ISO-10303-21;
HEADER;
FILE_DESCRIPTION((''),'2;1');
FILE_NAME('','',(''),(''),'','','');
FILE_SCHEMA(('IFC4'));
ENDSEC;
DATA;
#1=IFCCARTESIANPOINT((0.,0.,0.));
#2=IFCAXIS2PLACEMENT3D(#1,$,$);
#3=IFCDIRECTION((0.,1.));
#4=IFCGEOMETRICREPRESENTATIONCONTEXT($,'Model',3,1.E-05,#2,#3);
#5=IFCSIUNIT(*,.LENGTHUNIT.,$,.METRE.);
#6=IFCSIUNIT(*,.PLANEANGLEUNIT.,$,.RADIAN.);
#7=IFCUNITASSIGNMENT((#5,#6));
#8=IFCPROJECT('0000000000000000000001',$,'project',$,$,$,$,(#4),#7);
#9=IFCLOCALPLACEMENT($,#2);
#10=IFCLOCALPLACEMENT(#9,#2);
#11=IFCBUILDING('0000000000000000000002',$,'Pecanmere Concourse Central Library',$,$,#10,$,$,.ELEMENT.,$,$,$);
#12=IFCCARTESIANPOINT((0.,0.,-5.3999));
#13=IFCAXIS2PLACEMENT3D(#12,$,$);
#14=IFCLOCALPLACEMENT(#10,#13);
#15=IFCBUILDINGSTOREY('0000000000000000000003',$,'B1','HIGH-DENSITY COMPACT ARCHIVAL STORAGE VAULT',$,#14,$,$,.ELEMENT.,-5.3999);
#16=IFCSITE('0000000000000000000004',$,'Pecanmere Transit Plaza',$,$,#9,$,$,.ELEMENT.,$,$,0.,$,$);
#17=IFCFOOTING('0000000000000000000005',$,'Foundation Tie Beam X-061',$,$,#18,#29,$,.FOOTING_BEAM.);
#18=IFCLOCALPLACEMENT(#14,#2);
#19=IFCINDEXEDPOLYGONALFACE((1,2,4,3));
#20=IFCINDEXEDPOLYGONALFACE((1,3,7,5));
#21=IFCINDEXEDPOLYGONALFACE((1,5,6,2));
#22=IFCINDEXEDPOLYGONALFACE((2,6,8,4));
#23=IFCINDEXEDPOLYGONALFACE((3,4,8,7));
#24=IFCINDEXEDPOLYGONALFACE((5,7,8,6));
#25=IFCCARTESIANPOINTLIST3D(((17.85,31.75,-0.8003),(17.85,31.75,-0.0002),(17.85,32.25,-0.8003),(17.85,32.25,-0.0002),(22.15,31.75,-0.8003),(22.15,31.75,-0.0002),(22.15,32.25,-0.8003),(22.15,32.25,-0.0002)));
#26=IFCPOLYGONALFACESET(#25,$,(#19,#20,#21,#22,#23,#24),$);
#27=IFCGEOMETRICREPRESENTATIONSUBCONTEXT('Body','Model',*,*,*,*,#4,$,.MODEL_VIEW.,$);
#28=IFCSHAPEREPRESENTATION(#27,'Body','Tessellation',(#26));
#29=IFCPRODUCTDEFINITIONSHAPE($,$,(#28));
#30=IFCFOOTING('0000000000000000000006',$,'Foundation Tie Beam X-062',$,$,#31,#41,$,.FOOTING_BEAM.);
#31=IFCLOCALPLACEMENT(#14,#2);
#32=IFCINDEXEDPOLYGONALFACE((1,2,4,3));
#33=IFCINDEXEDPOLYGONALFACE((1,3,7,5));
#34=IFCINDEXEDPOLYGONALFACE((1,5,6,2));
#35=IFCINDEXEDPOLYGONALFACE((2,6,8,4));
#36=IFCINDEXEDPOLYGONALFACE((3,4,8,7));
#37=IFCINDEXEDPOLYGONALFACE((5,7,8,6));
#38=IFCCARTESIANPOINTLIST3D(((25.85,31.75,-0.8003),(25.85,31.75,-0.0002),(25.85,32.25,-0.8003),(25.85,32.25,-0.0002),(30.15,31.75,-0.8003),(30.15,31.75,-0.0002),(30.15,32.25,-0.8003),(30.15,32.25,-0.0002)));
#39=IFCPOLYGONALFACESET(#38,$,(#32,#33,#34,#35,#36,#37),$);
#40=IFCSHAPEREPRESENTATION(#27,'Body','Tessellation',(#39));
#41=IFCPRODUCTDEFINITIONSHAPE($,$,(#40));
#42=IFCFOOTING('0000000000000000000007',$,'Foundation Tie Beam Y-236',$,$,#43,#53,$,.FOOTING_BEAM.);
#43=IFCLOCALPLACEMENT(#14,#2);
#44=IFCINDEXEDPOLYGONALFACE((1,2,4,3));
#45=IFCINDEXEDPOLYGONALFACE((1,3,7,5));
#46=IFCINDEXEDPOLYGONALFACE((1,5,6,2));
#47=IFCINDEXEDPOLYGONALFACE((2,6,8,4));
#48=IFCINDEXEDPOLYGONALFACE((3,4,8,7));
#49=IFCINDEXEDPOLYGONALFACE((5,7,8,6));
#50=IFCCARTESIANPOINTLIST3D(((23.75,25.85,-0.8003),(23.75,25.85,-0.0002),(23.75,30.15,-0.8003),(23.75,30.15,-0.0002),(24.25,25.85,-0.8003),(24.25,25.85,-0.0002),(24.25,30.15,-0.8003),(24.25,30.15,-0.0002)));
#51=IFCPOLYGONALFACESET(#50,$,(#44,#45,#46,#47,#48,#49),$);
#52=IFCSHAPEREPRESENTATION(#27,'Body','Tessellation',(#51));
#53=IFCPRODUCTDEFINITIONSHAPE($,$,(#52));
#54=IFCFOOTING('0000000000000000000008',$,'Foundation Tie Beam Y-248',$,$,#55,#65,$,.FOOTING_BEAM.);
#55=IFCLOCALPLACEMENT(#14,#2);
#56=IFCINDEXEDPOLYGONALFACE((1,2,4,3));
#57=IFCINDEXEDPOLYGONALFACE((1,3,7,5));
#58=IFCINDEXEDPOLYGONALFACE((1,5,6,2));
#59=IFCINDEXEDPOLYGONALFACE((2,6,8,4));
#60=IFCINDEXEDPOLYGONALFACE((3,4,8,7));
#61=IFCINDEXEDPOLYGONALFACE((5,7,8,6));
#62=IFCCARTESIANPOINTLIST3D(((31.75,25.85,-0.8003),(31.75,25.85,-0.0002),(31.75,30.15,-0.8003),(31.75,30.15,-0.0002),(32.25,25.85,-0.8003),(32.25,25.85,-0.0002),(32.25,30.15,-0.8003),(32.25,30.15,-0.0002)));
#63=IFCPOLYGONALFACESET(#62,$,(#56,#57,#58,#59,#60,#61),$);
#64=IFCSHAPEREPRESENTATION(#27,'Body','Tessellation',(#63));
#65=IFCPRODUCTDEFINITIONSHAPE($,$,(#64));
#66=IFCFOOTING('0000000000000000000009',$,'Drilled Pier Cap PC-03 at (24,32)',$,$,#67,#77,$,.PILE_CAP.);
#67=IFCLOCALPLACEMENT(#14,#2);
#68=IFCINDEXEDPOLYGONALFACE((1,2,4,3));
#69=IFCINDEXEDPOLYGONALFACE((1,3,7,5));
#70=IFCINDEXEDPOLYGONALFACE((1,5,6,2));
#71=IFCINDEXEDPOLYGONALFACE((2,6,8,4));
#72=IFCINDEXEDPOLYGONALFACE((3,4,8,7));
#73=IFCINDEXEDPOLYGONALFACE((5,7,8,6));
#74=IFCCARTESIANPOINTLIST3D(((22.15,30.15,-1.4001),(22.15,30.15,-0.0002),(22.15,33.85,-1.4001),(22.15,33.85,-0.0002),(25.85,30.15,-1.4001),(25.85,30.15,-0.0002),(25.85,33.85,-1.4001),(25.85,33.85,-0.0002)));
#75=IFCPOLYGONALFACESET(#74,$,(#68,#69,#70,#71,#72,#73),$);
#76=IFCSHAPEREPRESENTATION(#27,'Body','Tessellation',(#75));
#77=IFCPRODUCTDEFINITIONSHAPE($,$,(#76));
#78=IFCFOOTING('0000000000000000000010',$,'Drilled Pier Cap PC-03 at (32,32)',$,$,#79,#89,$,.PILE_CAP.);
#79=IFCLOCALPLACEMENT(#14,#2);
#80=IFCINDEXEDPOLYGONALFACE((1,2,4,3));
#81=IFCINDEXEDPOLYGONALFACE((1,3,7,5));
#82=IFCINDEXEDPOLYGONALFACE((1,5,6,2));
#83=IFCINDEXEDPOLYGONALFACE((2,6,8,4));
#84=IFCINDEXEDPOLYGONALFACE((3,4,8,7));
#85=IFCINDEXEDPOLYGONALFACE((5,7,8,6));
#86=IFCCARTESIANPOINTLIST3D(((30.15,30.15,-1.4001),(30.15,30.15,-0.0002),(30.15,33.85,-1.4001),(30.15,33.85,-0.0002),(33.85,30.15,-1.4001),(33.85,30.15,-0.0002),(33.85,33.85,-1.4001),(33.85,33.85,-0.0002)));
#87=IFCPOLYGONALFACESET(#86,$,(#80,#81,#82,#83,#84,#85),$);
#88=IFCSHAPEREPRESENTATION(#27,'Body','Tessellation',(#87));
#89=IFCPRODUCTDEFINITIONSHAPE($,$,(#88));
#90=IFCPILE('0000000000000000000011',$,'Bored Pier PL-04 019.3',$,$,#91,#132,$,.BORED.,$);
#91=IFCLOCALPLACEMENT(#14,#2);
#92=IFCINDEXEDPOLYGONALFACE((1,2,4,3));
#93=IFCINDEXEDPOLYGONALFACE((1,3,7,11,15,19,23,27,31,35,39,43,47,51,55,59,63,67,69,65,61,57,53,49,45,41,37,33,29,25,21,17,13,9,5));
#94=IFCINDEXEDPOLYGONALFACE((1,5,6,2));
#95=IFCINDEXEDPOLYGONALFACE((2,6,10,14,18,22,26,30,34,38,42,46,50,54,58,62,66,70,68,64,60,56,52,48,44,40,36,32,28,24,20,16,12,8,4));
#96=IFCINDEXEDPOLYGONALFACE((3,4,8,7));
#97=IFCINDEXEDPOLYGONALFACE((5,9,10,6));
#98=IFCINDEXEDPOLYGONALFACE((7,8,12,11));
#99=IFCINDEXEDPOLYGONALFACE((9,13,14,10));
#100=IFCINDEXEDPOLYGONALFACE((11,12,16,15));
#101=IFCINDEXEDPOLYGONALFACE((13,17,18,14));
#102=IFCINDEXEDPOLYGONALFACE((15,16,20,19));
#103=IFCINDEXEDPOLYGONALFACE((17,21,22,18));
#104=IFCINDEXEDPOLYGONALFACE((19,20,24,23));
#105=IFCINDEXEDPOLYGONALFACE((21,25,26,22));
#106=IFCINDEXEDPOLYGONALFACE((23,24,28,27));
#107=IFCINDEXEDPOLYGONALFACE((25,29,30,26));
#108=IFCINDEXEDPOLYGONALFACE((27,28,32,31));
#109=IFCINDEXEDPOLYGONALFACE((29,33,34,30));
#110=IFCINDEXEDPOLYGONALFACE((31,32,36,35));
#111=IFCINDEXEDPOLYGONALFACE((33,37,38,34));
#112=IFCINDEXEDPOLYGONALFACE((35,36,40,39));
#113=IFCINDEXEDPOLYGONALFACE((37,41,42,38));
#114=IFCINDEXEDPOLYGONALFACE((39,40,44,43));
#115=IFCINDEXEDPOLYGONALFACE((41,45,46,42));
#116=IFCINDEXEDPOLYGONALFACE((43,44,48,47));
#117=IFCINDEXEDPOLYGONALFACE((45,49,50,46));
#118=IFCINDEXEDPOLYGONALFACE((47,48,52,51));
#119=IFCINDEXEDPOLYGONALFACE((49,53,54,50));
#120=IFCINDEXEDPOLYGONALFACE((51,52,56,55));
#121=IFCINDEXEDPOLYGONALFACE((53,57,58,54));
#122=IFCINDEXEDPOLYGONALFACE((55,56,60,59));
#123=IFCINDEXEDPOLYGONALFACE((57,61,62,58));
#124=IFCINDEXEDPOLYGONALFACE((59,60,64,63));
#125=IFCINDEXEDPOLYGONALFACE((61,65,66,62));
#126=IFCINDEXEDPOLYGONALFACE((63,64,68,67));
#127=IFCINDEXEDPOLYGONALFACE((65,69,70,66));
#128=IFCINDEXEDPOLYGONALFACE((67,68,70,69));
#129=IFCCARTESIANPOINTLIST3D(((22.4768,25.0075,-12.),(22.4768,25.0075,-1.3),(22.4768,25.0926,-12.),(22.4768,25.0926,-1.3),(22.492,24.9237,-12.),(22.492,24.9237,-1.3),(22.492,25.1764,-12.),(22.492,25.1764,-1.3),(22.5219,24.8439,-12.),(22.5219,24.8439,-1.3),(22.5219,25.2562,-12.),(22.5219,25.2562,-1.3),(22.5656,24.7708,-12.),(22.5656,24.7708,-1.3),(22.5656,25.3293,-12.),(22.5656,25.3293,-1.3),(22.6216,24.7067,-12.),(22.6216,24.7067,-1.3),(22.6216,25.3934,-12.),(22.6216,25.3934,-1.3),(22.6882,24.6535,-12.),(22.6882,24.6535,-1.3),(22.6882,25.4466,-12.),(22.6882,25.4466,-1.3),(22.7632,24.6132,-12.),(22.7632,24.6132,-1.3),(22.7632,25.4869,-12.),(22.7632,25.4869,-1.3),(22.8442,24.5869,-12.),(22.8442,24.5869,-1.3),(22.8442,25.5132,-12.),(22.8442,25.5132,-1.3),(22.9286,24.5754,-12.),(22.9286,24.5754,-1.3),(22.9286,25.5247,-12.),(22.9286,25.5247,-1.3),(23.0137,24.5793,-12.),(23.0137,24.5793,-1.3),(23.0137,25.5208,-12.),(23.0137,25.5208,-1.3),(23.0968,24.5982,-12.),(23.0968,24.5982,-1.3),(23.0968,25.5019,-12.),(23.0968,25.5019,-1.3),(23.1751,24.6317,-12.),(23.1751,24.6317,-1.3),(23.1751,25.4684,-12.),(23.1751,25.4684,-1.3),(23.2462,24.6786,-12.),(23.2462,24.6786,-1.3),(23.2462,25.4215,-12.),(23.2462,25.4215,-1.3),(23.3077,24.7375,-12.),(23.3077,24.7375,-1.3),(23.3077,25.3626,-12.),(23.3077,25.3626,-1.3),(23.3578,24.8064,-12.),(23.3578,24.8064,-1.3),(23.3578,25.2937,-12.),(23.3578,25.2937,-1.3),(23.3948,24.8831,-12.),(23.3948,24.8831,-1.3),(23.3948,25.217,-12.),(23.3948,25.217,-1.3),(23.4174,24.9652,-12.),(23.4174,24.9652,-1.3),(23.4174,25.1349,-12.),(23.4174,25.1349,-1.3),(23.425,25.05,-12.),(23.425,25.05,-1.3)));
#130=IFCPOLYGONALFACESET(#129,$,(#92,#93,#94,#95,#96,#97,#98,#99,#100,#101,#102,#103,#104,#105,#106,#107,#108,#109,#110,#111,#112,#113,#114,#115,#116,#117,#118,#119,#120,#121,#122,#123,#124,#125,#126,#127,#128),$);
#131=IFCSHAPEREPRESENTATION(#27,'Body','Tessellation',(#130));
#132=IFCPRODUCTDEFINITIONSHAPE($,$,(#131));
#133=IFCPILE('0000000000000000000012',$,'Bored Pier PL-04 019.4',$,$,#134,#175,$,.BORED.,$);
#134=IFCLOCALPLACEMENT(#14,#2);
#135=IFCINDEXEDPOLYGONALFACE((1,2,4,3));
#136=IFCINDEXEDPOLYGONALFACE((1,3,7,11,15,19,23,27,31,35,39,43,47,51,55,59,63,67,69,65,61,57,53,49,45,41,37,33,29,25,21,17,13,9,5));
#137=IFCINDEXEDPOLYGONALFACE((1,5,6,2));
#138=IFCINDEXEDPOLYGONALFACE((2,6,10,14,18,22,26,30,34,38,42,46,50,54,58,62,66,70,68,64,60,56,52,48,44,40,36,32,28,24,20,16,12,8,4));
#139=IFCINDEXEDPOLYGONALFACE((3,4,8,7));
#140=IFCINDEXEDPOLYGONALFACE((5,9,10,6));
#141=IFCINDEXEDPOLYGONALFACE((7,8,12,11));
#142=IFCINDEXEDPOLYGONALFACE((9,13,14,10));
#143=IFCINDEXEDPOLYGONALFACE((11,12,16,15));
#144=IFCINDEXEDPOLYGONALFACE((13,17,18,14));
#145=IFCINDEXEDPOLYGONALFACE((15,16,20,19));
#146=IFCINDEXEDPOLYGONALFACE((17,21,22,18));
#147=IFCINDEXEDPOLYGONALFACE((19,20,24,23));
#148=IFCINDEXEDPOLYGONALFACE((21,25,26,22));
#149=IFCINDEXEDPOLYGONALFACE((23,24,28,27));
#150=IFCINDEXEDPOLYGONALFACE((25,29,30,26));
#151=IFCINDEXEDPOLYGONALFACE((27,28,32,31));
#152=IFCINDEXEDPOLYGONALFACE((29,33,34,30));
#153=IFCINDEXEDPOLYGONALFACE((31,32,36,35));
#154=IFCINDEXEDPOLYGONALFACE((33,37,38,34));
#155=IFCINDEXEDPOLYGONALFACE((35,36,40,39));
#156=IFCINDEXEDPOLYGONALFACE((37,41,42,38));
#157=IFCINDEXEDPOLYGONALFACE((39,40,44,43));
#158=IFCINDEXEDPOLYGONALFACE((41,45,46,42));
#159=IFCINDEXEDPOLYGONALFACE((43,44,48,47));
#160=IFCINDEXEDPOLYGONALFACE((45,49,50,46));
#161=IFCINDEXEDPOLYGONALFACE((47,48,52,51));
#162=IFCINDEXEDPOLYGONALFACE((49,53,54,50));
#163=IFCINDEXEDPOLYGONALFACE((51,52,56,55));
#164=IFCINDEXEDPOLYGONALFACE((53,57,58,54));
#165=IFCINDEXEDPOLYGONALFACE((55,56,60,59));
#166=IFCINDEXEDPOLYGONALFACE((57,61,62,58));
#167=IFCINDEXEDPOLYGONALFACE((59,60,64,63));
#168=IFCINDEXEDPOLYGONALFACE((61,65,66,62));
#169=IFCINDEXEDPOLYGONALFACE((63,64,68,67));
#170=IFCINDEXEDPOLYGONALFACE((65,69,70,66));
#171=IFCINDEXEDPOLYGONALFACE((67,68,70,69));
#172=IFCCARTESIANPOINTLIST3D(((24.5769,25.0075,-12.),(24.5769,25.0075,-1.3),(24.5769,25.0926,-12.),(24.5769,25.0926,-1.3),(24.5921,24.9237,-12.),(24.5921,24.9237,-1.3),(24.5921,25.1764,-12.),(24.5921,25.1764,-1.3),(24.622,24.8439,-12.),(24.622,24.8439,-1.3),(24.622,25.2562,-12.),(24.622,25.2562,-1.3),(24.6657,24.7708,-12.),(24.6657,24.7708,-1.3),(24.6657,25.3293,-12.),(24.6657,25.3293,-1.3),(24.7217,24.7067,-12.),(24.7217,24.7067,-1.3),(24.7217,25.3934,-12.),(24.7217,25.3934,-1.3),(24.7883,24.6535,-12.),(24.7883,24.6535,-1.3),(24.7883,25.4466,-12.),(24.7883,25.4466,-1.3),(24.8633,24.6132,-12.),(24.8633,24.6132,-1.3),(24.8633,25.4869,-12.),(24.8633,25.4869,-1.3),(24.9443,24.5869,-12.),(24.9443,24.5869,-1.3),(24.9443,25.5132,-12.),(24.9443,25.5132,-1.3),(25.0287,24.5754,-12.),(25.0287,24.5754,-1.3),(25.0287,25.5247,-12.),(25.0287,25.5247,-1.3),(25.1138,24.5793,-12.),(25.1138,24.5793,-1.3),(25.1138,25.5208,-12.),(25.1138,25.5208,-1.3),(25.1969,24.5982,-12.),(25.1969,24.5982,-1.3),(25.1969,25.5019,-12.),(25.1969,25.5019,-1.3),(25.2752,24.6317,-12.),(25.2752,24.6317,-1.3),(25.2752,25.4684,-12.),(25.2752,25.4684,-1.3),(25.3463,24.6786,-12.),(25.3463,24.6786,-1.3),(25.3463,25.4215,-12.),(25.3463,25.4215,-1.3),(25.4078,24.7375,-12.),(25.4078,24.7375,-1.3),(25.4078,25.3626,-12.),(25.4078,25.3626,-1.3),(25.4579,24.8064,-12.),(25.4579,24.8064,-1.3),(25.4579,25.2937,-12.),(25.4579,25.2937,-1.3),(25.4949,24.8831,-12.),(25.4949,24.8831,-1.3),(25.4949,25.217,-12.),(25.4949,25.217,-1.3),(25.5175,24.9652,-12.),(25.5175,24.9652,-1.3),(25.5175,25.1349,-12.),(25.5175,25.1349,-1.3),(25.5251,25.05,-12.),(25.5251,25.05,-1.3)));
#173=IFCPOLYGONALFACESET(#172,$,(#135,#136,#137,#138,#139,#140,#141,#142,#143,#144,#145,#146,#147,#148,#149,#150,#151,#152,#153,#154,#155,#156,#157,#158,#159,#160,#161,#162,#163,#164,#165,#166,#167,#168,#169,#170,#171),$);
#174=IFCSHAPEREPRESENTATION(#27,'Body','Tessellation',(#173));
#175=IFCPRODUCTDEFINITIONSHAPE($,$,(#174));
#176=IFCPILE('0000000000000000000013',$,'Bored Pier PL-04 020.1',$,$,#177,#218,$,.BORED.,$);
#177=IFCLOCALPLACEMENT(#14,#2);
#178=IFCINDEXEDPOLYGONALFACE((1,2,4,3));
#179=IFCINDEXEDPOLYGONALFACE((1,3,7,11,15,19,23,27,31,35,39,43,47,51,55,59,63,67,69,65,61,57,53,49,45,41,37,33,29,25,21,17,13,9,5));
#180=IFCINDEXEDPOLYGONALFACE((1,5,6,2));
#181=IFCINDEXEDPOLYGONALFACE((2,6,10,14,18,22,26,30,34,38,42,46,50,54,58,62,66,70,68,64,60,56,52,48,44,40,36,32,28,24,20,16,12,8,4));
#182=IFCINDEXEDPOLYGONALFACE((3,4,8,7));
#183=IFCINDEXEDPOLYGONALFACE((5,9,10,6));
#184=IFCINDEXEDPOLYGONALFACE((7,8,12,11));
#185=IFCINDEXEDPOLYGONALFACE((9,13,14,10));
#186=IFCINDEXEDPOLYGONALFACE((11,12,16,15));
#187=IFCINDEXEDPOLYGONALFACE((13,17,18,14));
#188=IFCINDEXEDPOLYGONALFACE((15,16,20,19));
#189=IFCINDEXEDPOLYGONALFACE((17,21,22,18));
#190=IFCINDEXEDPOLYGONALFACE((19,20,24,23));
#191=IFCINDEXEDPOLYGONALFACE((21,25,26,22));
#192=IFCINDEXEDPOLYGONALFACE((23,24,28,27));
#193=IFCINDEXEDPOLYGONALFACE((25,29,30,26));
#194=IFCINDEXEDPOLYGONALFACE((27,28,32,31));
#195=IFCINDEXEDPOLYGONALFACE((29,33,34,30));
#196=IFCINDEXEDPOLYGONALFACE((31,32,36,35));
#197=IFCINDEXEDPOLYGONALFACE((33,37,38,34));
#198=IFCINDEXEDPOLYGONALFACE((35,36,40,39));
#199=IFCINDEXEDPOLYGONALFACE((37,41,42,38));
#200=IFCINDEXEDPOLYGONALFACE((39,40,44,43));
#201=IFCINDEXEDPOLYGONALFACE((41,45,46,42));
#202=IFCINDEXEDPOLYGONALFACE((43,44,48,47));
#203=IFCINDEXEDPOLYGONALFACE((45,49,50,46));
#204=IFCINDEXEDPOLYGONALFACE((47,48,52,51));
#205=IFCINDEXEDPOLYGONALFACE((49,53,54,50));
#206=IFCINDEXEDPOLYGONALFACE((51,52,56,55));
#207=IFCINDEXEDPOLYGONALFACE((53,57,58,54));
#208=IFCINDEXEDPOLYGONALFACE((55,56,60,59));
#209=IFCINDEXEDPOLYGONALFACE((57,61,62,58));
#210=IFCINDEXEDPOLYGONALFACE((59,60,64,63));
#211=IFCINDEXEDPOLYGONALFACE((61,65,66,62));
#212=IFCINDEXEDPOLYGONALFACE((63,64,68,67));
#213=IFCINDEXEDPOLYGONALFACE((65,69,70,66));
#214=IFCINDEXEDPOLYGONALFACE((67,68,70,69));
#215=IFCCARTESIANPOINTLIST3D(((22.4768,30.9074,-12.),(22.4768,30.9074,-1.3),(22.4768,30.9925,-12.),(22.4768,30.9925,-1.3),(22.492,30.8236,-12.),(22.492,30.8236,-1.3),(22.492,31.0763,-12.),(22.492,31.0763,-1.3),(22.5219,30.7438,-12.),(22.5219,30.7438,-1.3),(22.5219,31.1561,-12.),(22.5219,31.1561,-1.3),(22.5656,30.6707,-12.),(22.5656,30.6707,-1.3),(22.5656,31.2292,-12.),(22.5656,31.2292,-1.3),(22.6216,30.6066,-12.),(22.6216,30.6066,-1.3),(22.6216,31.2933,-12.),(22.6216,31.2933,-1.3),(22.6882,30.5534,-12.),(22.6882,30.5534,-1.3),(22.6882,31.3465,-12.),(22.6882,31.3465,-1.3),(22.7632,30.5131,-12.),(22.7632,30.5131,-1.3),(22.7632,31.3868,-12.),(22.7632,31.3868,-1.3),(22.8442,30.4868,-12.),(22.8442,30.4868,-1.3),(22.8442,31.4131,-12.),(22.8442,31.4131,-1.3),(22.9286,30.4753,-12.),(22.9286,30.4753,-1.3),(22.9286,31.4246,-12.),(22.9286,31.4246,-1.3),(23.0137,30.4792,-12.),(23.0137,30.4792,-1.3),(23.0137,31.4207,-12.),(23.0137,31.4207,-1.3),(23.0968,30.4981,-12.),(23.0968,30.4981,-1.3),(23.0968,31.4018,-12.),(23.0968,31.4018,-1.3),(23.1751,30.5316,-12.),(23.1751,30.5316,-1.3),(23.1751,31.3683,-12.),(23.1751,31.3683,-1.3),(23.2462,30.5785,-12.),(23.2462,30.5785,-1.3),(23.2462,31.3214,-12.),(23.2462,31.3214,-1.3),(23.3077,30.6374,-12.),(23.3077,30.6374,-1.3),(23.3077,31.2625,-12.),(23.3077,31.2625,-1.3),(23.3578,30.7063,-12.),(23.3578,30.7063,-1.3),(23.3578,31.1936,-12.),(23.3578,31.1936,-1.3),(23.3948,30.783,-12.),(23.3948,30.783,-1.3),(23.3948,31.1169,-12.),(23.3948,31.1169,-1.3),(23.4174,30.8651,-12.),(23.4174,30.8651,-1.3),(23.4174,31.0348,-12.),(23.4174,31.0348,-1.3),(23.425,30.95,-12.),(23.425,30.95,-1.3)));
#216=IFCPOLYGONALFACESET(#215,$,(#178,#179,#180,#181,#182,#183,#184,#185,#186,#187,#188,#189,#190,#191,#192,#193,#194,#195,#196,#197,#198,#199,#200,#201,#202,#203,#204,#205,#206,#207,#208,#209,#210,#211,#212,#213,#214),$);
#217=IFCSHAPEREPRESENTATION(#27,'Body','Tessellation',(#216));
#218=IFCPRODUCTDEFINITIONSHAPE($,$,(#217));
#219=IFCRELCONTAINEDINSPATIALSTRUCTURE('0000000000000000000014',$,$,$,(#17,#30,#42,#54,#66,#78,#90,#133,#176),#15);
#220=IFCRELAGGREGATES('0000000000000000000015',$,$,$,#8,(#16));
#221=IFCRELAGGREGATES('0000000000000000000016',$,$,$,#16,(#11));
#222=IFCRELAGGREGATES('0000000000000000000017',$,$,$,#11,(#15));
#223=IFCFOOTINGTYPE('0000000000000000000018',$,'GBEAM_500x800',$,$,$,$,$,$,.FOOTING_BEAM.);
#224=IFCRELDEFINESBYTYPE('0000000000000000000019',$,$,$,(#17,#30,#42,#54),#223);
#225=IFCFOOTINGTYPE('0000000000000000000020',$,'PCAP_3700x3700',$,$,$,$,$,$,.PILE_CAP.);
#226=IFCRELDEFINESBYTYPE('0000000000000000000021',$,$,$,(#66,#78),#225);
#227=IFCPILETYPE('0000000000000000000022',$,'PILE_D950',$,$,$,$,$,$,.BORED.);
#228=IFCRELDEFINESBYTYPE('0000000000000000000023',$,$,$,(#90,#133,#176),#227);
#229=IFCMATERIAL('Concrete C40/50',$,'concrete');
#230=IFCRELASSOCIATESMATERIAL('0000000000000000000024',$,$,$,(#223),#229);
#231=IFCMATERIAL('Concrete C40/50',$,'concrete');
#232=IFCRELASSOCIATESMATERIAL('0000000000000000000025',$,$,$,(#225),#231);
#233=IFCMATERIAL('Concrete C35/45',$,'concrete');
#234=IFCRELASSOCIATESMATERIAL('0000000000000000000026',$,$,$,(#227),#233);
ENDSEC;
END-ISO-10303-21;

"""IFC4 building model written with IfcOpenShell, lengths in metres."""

from ifc_helpers import new_model, si_unit, direction, frame, origin, origin_2d, place, context, subcontext, project, spatial, rectangle, circle, extrude, material, material_profile, profile_set, type_object, element, save


model = new_model("IFC4")

# Units and contexts
model_context = context("Model", 3, precision=1e-05, world=origin(), true_north=direction((0.0, 1.0)))
body_context = subcontext(model_context, "Body", "Model", "MODEL_VIEW")
ifc_project = project(units=[si_unit("LENGTHUNIT", "METRE"), si_unit("PLANEANGLEUNIT", "RADIAN")], contexts=[model_context])

# Site, building, storey
site_placement = place(None, origin())
site = spatial("IfcSite", under=ifc_project, at=site_placement, Name="Pecanmere Transit Plaza", CompositionType="ELEMENT", RefElevation=0.0)
building_placement = place(site_placement, origin())
building = spatial("IfcBuilding", under=site, at=building_placement, Name="Pecanmere Concourse Central Library", CompositionType="ELEMENT")
storey_placement = place(building_placement, frame((0.0, 0.0, -5.3999)))
storey = spatial("IfcBuildingStorey", under=building, at=storey_placement, Name="B1", Description="HIGH-DENSITY COMPACT ARCHIVAL STORAGE VAULT", CompositionType="ELEMENT", Elevation=-5.3999)

# Footings
ifc_material_1 = material(Name="Concrete C40/50", Category="concrete")
ifc_material_profile_1 = material_profile(ifc_material_1, rectangle(XDim=0.5, YDim=0.8, at=origin_2d()), Name="RC 500x800")
ifc_profile_set_1 = profile_set([ifc_material_profile_1], Name="Concrete C40/50")
footing_type_1 = type_object("IfcFootingType", Name="GBEAM_500x800", PredefinedType="FOOTING_BEAM", material=ifc_profile_set_1)
for number, where, z_axis, x_axis, name in (
    (1, (20.0, 32.0, -0.8003), (0.0, 0.0, 1.0), (1.0, 0.0, 0.0), "Foundation Tie Beam X-061"),
    (2, (28.0, 32.0, -0.8003), (0.0, 0.0, 1.0), (1.0, 0.0, 0.0), "Foundation Tie Beam X-062"),
    (3, (24.0, 28.0, -0.8003), (0.0, 0.0, 1.0), (0.0, 1.0, 0.0), "Foundation Tie Beam Y-236"),
    (4, (32.0, 28.0, -0.8003), (0.0, 0.0, 1.0), (0.0, 1.0, 0.0), "Foundation Tie Beam Y-248"),
):
    element("IfcFooting", number, at=place(storey_placement, frame(where, z_axis=z_axis, x_axis=x_axis)), inside=storey, type_object=footing_type_1, Name=name, PredefinedType="FOOTING_BEAM", context=body_context, shape_type="SweptSolid", body=[
        extrude(rectangle(XDim=4.3, YDim=0.5, at=origin_2d()), origin(), (0.0, 0.0, 1.0), 0.8),
    ])
ifc_material_2 = material(Name="Concrete C40/50", Category="concrete")
footing_type_2 = type_object("IfcFootingType", Name="PCAP_3700x3700", PredefinedType="PILE_CAP", material=ifc_material_2)
for number, where, z_axis, x_axis, name in (
    (5, (24.0, 32.0, -1.4001), (0.0, 0.0, 1.0), (1.0, 0.0, 0.0), "Drilled Pier Cap PC-03 at (24,32)"),
    (6, (32.0, 32.0, -1.4001), (0.0, 0.0, 1.0), (1.0, 0.0, 0.0), "Drilled Pier Cap PC-03 at (32,32)"),
):
    element("IfcFooting", number, at=place(storey_placement, frame(where, z_axis=z_axis, x_axis=x_axis)), inside=storey, type_object=footing_type_2, Name=name, PredefinedType="PILE_CAP", context=body_context, shape_type="SweptSolid", body=[
        extrude(rectangle(XDim=3.7, YDim=3.7, at=origin_2d()), origin(), (0.0, 0.0, 1.0), 1.3999),
    ])

# Piles
ifc_material_3 = material(Name="Concrete C35/45", Category="concrete")
ifc_material_profile_2 = material_profile(ifc_material_3, circle(Radius=0.4751, at=origin_2d()), Name="PIER D950")
ifc_profile_set_2 = profile_set([ifc_material_profile_2], Name="Concrete C35/45")
pile_type = type_object("IfcPileType", Name="PILE_D950", PredefinedType="BORED", material=ifc_profile_set_2)
for number, where, z_axis, x_axis, name in (
    (7, (22.95, 25.05, -1.3), (0.0, 0.0, -1.0), (1.0, 0.0, 0.0), "Bored Pier PL-04 019.3"),
    (8, (25.05, 25.05, -1.3), (0.0, 0.0, -1.0), (1.0, 0.0, 0.0), "Bored Pier PL-04 019.4"),
    (9, (22.95, 30.95, -1.3), (0.0, 0.0, -1.0), (1.0, 0.0, 0.0), "Bored Pier PL-04 020.1"),
):
    element("IfcPile", number, at=place(storey_placement, frame(where, z_axis=z_axis, x_axis=x_axis)), inside=storey, type_object=pile_type, Name=name, PredefinedType="BORED", context=body_context, shape_type="SweptSolid", body=[
        extrude(circle(Radius=0.4751, at=origin_2d()), origin(), (0.0, 0.0, 1.0), 10.7),
    ])

save(model, "model.ifc")
